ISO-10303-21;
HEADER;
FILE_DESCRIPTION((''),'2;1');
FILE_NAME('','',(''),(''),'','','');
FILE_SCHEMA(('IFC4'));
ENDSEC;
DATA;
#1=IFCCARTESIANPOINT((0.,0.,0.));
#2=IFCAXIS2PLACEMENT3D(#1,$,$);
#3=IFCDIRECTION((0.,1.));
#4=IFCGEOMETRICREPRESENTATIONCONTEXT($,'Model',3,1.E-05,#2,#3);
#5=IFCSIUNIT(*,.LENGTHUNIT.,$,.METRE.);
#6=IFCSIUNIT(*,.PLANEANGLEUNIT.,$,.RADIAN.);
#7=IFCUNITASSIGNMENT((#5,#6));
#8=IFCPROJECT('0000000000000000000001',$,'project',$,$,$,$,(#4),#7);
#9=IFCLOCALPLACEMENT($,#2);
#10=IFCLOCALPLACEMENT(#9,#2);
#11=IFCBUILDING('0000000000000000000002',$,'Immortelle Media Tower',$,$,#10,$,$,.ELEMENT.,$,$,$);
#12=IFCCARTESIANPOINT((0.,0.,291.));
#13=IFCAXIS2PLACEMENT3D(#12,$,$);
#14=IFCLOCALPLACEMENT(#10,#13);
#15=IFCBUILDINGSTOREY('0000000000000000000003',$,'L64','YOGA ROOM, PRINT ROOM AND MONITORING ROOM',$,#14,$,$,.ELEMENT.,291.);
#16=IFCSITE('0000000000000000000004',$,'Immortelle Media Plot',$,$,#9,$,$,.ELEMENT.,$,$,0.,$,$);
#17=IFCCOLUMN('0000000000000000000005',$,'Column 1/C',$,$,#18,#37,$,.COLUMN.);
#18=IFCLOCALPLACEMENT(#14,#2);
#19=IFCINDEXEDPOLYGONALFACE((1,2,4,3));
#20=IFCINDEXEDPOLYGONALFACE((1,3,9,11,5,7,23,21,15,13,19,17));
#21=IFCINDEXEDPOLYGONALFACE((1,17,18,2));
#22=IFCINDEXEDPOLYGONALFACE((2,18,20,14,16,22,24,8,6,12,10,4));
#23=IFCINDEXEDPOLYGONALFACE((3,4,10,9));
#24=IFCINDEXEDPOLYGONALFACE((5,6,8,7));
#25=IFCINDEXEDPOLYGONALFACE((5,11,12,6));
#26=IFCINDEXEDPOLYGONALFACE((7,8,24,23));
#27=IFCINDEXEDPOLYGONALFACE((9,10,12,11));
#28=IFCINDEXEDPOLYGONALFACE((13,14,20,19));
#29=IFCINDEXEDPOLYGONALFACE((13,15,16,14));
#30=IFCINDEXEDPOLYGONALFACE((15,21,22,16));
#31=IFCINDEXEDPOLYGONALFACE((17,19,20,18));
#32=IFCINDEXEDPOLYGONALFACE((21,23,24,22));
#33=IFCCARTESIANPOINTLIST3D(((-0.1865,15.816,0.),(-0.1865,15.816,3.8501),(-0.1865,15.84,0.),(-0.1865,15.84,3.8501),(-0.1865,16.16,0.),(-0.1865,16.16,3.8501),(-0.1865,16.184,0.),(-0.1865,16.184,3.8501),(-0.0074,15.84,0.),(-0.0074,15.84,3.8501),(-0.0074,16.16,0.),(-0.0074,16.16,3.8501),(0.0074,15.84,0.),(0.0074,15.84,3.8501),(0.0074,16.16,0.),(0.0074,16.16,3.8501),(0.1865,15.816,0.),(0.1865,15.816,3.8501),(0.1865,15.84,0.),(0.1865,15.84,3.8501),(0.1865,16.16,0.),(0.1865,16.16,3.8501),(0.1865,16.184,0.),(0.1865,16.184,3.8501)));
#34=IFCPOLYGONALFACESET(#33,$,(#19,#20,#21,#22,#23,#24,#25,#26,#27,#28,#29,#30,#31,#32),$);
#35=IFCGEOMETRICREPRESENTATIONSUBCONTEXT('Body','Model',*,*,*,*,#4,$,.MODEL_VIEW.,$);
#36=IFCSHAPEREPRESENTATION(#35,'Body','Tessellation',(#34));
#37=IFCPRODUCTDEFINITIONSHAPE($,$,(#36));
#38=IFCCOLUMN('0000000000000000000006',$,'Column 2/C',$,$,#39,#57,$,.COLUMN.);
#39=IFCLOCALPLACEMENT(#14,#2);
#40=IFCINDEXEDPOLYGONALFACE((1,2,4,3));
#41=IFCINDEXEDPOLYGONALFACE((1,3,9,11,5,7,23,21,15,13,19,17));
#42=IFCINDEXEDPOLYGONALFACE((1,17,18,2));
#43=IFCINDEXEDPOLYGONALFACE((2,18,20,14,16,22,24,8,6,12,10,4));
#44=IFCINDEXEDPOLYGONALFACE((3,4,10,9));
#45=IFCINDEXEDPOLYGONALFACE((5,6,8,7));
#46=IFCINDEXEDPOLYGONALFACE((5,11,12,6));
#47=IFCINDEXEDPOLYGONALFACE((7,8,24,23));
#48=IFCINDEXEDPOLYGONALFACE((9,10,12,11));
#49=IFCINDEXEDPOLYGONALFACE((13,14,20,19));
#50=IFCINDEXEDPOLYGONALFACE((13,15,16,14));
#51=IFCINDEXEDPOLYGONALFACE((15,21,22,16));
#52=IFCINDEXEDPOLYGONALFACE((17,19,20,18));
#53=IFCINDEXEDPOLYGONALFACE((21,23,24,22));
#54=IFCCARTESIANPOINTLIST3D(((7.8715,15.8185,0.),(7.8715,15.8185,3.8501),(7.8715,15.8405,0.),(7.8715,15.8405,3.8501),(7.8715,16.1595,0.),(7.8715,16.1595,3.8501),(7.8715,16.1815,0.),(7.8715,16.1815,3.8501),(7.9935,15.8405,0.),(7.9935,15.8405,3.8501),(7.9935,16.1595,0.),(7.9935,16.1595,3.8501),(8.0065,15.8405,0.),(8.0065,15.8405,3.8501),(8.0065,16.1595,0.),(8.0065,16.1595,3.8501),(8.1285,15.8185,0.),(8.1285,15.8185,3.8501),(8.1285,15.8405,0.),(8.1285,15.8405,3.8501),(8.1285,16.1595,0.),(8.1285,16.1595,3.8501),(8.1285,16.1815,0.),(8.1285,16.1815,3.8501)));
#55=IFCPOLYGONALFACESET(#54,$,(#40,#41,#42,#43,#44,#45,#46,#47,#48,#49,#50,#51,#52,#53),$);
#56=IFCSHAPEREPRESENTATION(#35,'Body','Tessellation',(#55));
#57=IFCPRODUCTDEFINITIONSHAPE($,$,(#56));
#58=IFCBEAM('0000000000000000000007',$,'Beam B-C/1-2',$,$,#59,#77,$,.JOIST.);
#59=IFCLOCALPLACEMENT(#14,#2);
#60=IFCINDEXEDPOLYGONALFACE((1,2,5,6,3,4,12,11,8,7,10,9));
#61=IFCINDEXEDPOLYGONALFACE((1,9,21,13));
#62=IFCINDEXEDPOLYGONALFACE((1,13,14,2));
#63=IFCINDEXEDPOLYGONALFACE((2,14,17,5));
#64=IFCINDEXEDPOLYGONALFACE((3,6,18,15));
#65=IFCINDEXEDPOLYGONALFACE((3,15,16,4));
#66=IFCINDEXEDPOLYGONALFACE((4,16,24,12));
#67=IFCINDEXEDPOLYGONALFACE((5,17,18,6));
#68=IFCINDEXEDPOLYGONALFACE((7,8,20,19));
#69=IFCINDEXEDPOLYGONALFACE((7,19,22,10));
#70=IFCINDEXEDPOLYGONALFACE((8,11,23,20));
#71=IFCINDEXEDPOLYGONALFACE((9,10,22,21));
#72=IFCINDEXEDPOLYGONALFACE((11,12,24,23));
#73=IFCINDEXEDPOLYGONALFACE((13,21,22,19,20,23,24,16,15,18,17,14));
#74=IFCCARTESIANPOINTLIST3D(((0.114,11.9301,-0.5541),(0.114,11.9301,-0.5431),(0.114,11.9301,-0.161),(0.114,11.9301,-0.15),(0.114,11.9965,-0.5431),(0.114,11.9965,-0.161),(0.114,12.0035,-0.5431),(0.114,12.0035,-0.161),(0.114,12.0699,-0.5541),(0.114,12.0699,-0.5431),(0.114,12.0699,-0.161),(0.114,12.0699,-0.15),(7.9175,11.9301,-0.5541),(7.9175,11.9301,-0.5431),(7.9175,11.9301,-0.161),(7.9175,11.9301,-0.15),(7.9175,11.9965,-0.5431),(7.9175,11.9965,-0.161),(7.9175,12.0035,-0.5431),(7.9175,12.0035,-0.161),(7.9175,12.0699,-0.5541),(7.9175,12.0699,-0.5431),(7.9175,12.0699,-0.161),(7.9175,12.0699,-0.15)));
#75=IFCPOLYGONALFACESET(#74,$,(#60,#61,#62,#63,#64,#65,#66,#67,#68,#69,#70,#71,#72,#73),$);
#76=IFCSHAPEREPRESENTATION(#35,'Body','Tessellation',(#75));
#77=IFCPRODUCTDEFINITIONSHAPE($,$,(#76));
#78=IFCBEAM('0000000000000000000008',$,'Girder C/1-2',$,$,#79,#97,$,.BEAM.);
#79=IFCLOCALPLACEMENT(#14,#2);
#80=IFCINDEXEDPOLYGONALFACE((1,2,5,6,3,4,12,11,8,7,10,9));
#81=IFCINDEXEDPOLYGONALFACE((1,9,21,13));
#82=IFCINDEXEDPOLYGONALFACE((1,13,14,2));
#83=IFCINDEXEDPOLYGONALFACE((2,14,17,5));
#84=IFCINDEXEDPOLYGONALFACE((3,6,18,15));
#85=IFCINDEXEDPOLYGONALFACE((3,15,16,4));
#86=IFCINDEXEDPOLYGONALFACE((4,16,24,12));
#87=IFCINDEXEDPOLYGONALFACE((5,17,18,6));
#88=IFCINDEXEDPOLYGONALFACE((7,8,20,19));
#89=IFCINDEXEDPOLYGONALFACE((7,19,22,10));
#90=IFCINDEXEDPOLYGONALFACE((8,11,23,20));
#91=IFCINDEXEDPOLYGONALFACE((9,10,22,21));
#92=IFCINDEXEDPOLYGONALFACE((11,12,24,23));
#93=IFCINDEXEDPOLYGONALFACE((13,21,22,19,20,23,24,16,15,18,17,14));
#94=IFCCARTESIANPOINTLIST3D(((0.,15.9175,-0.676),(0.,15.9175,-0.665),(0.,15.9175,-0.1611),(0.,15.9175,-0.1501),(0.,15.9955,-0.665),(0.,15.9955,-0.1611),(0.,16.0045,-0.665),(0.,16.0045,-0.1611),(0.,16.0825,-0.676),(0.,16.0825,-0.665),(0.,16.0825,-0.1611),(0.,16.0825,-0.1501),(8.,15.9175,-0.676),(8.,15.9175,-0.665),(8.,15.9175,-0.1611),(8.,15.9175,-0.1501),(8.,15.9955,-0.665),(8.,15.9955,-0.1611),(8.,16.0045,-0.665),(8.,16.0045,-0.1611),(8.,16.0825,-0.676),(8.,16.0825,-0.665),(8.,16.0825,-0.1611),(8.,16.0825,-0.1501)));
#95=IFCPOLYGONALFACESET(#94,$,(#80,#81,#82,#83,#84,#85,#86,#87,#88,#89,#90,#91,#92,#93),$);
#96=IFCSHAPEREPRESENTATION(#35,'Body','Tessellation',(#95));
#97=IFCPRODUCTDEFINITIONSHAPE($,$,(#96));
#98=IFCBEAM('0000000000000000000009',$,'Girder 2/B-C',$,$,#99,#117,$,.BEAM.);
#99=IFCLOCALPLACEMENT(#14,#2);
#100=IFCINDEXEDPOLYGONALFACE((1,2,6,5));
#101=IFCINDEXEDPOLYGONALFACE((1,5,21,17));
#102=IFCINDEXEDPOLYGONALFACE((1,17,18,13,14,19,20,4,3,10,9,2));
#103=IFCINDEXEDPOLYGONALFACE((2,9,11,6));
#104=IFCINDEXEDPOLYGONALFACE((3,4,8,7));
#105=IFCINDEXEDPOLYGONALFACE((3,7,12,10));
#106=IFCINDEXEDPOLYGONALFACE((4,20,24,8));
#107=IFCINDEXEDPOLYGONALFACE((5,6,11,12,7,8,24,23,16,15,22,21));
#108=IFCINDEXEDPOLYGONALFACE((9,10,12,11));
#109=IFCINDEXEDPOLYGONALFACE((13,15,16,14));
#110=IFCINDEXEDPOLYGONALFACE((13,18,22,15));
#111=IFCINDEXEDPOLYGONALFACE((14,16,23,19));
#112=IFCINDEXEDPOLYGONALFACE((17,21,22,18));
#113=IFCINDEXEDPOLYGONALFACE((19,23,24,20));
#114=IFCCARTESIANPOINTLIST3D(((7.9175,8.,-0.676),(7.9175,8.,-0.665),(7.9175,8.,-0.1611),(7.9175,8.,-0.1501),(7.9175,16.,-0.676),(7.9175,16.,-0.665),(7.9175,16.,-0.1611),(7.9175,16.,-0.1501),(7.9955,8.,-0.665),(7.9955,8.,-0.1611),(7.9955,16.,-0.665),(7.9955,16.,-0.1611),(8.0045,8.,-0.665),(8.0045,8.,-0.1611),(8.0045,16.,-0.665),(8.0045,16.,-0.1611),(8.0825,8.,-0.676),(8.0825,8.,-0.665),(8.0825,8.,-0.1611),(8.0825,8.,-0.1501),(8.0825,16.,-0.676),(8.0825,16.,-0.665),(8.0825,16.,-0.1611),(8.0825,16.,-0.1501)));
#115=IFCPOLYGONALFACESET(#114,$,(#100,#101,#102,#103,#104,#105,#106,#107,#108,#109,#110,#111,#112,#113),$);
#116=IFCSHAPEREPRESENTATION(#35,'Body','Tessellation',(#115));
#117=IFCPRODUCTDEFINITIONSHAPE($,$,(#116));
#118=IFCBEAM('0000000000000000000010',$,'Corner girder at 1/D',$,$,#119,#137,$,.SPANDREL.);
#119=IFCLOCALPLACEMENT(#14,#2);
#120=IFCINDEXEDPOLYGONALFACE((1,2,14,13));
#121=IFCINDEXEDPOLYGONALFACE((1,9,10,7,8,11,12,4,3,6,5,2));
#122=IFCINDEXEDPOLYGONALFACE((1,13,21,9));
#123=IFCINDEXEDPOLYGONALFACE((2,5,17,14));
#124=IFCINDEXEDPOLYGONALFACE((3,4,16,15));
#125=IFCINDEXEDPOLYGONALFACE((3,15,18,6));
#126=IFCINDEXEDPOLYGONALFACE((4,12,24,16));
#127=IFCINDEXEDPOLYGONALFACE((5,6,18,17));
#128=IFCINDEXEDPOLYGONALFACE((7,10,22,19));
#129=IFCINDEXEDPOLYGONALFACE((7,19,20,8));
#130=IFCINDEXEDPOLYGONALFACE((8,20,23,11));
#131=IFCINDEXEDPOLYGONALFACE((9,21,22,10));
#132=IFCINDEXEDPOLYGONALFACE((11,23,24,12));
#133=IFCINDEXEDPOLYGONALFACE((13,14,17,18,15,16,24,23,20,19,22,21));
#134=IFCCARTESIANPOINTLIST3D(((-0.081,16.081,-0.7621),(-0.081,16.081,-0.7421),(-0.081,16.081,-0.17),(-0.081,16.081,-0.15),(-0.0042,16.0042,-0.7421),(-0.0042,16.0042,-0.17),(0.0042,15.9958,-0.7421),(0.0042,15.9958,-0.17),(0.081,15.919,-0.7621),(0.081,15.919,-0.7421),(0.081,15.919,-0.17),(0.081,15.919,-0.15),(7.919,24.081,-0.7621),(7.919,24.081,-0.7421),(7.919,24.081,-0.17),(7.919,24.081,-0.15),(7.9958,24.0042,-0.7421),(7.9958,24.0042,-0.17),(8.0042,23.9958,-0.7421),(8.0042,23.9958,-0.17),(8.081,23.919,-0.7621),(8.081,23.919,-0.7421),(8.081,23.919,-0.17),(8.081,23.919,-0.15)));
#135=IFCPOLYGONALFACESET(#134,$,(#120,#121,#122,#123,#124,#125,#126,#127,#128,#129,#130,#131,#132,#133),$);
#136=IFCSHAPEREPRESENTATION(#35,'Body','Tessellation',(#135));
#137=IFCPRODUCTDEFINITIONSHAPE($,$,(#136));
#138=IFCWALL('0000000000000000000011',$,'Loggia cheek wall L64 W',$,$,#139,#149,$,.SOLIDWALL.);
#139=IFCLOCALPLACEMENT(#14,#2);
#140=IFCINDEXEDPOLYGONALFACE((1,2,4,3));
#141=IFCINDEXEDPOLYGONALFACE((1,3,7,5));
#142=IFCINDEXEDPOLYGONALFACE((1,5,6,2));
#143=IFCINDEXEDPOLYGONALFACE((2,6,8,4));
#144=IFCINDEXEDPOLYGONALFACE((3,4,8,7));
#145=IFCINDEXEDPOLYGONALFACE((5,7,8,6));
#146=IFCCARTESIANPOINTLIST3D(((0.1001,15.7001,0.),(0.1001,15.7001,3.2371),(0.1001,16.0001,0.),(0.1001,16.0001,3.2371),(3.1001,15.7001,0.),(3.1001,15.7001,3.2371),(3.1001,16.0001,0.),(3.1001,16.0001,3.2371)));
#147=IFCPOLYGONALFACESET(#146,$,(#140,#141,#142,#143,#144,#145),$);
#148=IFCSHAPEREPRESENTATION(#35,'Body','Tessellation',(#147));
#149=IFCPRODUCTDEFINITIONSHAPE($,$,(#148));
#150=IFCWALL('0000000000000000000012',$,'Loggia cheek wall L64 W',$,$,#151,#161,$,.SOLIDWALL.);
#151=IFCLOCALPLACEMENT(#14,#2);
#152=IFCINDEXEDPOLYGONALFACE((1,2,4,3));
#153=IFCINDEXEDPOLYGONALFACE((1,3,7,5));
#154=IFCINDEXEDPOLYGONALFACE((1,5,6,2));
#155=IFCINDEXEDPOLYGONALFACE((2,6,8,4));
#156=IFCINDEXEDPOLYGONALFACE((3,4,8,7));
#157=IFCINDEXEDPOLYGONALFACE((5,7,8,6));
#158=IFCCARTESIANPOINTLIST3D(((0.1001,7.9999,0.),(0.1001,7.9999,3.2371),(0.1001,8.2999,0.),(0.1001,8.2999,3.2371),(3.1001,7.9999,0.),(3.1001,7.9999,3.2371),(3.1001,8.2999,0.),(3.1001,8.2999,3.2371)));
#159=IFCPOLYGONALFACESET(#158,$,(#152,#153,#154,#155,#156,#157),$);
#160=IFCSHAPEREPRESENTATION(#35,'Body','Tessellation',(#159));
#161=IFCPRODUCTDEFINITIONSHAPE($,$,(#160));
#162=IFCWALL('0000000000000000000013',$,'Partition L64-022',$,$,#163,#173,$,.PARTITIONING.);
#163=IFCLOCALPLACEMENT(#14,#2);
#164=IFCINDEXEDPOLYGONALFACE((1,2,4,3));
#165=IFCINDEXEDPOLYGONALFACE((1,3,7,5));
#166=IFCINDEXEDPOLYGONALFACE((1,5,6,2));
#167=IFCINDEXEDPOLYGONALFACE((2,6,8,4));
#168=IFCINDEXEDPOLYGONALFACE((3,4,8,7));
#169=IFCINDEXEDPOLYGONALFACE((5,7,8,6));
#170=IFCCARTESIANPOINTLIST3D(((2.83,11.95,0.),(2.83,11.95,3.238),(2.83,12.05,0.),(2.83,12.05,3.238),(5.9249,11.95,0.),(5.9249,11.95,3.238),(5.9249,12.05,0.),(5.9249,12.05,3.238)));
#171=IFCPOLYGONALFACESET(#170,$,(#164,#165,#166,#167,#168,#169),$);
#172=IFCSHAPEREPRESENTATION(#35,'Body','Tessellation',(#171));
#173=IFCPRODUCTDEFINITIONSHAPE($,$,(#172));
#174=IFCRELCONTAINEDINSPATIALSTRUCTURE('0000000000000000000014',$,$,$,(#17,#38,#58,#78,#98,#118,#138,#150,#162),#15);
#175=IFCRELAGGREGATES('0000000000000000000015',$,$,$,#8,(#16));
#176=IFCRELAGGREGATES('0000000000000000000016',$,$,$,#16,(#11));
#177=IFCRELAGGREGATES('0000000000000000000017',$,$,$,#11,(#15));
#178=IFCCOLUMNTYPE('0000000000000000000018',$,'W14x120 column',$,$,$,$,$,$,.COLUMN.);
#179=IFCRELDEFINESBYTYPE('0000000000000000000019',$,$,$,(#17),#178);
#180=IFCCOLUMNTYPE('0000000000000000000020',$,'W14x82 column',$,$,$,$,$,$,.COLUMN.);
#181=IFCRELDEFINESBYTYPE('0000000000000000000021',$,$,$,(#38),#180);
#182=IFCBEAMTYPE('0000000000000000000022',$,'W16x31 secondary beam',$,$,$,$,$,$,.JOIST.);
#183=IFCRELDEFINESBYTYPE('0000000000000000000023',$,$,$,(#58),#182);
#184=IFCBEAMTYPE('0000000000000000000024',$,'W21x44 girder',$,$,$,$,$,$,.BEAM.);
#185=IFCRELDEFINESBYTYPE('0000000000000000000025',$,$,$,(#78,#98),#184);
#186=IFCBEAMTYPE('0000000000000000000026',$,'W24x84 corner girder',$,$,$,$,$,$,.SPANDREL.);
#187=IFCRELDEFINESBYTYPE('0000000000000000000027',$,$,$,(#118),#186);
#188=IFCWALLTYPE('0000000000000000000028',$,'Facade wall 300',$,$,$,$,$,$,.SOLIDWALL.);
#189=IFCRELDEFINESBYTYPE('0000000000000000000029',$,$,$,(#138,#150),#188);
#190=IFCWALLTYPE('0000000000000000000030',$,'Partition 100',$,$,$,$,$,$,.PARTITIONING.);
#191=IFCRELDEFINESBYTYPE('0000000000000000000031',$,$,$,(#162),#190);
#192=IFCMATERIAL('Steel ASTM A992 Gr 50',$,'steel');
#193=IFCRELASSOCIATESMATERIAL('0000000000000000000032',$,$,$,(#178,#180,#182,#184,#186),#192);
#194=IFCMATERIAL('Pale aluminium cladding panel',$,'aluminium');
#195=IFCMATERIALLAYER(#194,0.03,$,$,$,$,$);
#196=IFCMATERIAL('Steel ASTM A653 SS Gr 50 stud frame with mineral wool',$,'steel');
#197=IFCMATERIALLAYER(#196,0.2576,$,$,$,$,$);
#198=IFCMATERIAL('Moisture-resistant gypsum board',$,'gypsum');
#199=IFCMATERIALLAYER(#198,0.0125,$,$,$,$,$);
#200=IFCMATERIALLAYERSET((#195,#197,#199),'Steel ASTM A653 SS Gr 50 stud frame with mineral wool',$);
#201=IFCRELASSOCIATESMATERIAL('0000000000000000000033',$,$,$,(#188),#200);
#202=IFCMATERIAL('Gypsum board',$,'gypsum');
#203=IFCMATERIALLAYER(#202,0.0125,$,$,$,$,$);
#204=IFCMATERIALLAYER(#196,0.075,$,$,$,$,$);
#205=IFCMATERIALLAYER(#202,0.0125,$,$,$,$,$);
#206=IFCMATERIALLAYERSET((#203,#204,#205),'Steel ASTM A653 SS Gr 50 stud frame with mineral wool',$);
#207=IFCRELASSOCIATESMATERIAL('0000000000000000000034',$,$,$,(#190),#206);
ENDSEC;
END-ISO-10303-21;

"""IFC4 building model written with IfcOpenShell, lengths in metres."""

from ifc_helpers import new_model, si_unit, direction, frame, frame_2d, origin, origin_2d, place, context, subcontext, project, spatial, rectangle, i_section, extrude, material, layer, layer_set, material_profile, profile_set, type_object, element, save


model = new_model("IFC4")

# Units and contexts
model_context = context("Model", 3, precision=1e-05, world=origin(), true_north=direction((0.0, 1.0)))
body_context = subcontext(model_context, "Body", "Model", "MODEL_VIEW")
ifc_project = project(units=[si_unit("LENGTHUNIT", "METRE"), si_unit("PLANEANGLEUNIT", "RADIAN")], contexts=[model_context])

# Site, building, storey
site_placement = place(None, origin())
site = spatial("IfcSite", under=ifc_project, at=site_placement, Name="Immortelle Media Plot", CompositionType="ELEMENT", RefElevation=0.0)
building_placement = place(site_placement, origin())
building = spatial("IfcBuilding", under=site, at=building_placement, Name="Immortelle Media Tower", CompositionType="ELEMENT")
storey_placement = place(building_placement, frame((0.0, 0.0, 291.0)))
storey = spatial("IfcBuildingStorey", under=building, at=storey_placement, Name="L64", Description="YOGA ROOM, PRINT ROOM AND MONITORING ROOM", CompositionType="ELEMENT", Elevation=291.0)

# Columns
ifc_material_1 = material(Name="Steel ASTM A992 Gr 50", Category="steel")
ifc_material_profile_1 = material_profile(ifc_material_1, i_section(OverallWidth=0.373, OverallDepth=0.3679, WebThickness=0.0149, FlangeThickness=0.0239, at=origin_2d()), Name="W14x120")
ifc_profile_set_1 = profile_set([ifc_material_profile_1], Name="Steel ASTM A992 Gr 50")
column_type_1 = type_object("IfcColumnType", Name="W14x120 column", PredefinedType="COLUMN", material=ifc_profile_set_1)
column_1_placement = place(storey_placement, frame((0.0, 16.0, 0.0), z_axis=(0.0, 0.0, 1.0), x_axis=(1.0, 0.0, 0.0)))
element("IfcColumn", 1, at=column_1_placement, inside=storey, type_object=column_type_1, Name="Column 1/C", PredefinedType="COLUMN", context=body_context, shape_type="SweptSolid", body=[
    extrude(i_section(OverallWidth=0.373, OverallDepth=0.3679, WebThickness=0.0149, FlangeThickness=0.0239, at=origin_2d()), origin(), (0.0, 0.0, 1.0), 3.8501),
])
ifc_material_profile_2 = material_profile(ifc_material_1, i_section(OverallWidth=0.2571, OverallDepth=0.363, WebThickness=0.0129, FlangeThickness=0.022, at=origin_2d()), Name="W14x82")
ifc_profile_set_2 = profile_set([ifc_material_profile_2], Name="Steel ASTM A992 Gr 50")
column_type_2 = type_object("IfcColumnType", Name="W14x82 column", PredefinedType="COLUMN", material=ifc_profile_set_2)
column_2_placement = place(storey_placement, frame((8.0, 16.0, 0.0), z_axis=(0.0, 0.0, 1.0), x_axis=(1.0, 0.0, 0.0)))
element("IfcColumn", 2, at=column_2_placement, inside=storey, type_object=column_type_2, Name="Column 2/C", PredefinedType="COLUMN", context=body_context, shape_type="SweptSolid", body=[
    extrude(i_section(OverallWidth=0.2571, OverallDepth=0.363, WebThickness=0.0129, FlangeThickness=0.022, at=origin_2d()), origin(), (0.0, 0.0, 1.0), 3.8501),
])

# Beams
ifc_material_profile_3 = material_profile(ifc_material_1, i_section(OverallWidth=0.1399, OverallDepth=0.4041, WebThickness=0.0071, FlangeThickness=0.011, at=origin_2d()), Name="W16x31")
ifc_profile_set_3 = profile_set([ifc_material_profile_3], Name="Steel ASTM A992 Gr 50")
beam_type_1 = type_object("IfcBeamType", Name="W16x31 secondary beam", PredefinedType="JOIST", material=ifc_profile_set_3)
beam_1_placement = place(storey_placement, frame((0.114, 12.0, -0.3521), z_axis=(1.0, 0.0, 0.0), x_axis=(0.0, 1.0, 0.0)))
element("IfcBeam", 3, at=beam_1_placement, inside=storey, type_object=beam_type_1, Name="Beam B-C/1-2", PredefinedType="JOIST", context=body_context, shape_type="SweptSolid", body=[
    extrude(i_section(OverallWidth=0.1399, OverallDepth=0.4041, WebThickness=0.0071, FlangeThickness=0.011, at=origin_2d()), origin(), (0.0, 0.0, 1.0), 7.8035),
])
ifc_material_profile_4 = material_profile(ifc_material_1, i_section(OverallWidth=0.165, OverallDepth=0.5259, WebThickness=0.009, FlangeThickness=0.011, at=origin_2d()), Name="W21x44")
ifc_profile_set_4 = profile_set([ifc_material_profile_4], Name="Steel ASTM A992 Gr 50")
beam_type_2 = type_object("IfcBeamType", Name="W21x44 girder", PredefinedType="BEAM", material=ifc_profile_set_4)
for number, where, z_axis, x_axis, name in (
    (4, (0.0, 16.0, -0.4131), (1.0, 0.0, 0.0), (0.0, 1.0, 0.0), "Girder C/1-2"),
    (5, (8.0, 8.0, -0.4131), (0.0, 1.0, 0.0), (-1.0, 0.0, 0.0), "Girder 2/B-C"),
):
    element("IfcBeam", number, at=place(storey_placement, frame(where, z_axis=z_axis, x_axis=x_axis)), inside=storey, type_object=beam_type_2, Name=name, PredefinedType="BEAM", context=body_context, shape_type="SweptSolid", body=[
        extrude(i_section(OverallWidth=0.165, OverallDepth=0.5259, WebThickness=0.009, FlangeThickness=0.011, at=origin_2d()), origin(), (0.0, 0.0, 1.0), 8.0),
    ])
ifc_material_profile_5 = material_profile(ifc_material_1, i_section(OverallWidth=0.229, OverallDepth=0.6121, WebThickness=0.012, FlangeThickness=0.02, at=origin_2d()), Name="W24x84")
ifc_profile_set_5 = profile_set([ifc_material_profile_5], Name="Steel ASTM A992 Gr 50")
beam_type_3 = type_object("IfcBeamType", Name="W24x84 corner girder", PredefinedType="SPANDREL", material=ifc_profile_set_5)
beam_2_placement = place(storey_placement, frame((0.0, 16.0, -0.4561), z_axis=(0.707107, 0.707107, 0.0), x_axis=(-0.707107, 0.707107, 0.0)))
element("IfcBeam", 6, at=beam_2_placement, inside=storey, type_object=beam_type_3, Name="Corner girder at 1/D", PredefinedType="SPANDREL", context=body_context, shape_type="SweptSolid", body=[
    extrude(i_section(OverallWidth=0.229, OverallDepth=0.6121, WebThickness=0.012, FlangeThickness=0.02, at=origin_2d()), origin(), (0.0, 0.0, 1.0), 11.3137),
])

# Shared definitions
ifc_material_2 = material(Name="Pale aluminium cladding panel", Category="aluminium")
ifc_layer_1 = layer(ifc_material_2, 0.03)
ifc_material_3 = material(Name="Steel ASTM A653 SS Gr 50 stud frame with mineral wool", Category="steel")
ifc_layer_2 = layer(ifc_material_3, 0.2576)
ifc_material_4 = material(Name="Moisture-resistant gypsum board", Category="gypsum")
ifc_layer_3 = layer(ifc_material_4, 0.0125)
ifc_layer_set_1 = layer_set([ifc_layer_1, ifc_layer_2, ifc_layer_3], Name="Steel ASTM A653 SS Gr 50 stud frame with mineral wool")
wall_type_1 = type_object("IfcWallType", Name="Facade wall 300", PredefinedType="SOLIDWALL", material=ifc_layer_set_1)

# Walls
for number, where, z_axis, x_axis, name in (
    (7, (0.1001, 15.8501, 0.0), (0.0, 0.0, 1.0), (1.0, 0.0, 0.0), "Loggia cheek wall L64 W"),
    (8, (0.1001, 8.1499, 0.0), (0.0, 0.0, 1.0), (1.0, 0.0, 0.0), "Loggia cheek wall L64 W"),
):
    element("IfcWall", number, at=place(storey_placement, frame(where, z_axis=z_axis, x_axis=x_axis)), inside=storey, type_object=wall_type_1, Name=name, PredefinedType="SOLIDWALL", context=body_context, shape_type="SweptSolid", body=[
        extrude(rectangle(XDim=3.0, YDim=0.3, at=frame_2d((1.5, 0.0))), origin(), (0.0, 0.0, 1.0), 3.2371),
    ])
ifc_material_5 = material(Name="Gypsum board", Category="gypsum")
ifc_layer_4 = layer(ifc_material_5, 0.0125)
ifc_layer_5 = layer(ifc_material_3, 0.075)
ifc_layer_6 = layer(ifc_material_5, 0.0125)
ifc_layer_set_2 = layer_set([ifc_layer_4, ifc_layer_5, ifc_layer_6], Name="Steel ASTM A653 SS Gr 50 stud frame with mineral wool")
wall_type_2 = type_object("IfcWallType", Name="Partition 100", PredefinedType="PARTITIONING", material=ifc_layer_set_2)
wall_1_placement = place(storey_placement, frame((2.8301, 12.0, 0.0), z_axis=(0.0, 0.0, 1.0), x_axis=(1.0, 0.0, 0.0)))
element("IfcWall", 9, at=wall_1_placement, inside=storey, type_object=wall_type_2, Name="Partition L64-022", PredefinedType="PARTITIONING", context=body_context, shape_type="SweptSolid", body=[
    extrude(rectangle(XDim=3.095, YDim=0.1001, at=frame_2d((1.5474, 0.0))), origin(), (0.0, 0.0, 1.0), 3.238),
])

save(model, "model.ifc")
